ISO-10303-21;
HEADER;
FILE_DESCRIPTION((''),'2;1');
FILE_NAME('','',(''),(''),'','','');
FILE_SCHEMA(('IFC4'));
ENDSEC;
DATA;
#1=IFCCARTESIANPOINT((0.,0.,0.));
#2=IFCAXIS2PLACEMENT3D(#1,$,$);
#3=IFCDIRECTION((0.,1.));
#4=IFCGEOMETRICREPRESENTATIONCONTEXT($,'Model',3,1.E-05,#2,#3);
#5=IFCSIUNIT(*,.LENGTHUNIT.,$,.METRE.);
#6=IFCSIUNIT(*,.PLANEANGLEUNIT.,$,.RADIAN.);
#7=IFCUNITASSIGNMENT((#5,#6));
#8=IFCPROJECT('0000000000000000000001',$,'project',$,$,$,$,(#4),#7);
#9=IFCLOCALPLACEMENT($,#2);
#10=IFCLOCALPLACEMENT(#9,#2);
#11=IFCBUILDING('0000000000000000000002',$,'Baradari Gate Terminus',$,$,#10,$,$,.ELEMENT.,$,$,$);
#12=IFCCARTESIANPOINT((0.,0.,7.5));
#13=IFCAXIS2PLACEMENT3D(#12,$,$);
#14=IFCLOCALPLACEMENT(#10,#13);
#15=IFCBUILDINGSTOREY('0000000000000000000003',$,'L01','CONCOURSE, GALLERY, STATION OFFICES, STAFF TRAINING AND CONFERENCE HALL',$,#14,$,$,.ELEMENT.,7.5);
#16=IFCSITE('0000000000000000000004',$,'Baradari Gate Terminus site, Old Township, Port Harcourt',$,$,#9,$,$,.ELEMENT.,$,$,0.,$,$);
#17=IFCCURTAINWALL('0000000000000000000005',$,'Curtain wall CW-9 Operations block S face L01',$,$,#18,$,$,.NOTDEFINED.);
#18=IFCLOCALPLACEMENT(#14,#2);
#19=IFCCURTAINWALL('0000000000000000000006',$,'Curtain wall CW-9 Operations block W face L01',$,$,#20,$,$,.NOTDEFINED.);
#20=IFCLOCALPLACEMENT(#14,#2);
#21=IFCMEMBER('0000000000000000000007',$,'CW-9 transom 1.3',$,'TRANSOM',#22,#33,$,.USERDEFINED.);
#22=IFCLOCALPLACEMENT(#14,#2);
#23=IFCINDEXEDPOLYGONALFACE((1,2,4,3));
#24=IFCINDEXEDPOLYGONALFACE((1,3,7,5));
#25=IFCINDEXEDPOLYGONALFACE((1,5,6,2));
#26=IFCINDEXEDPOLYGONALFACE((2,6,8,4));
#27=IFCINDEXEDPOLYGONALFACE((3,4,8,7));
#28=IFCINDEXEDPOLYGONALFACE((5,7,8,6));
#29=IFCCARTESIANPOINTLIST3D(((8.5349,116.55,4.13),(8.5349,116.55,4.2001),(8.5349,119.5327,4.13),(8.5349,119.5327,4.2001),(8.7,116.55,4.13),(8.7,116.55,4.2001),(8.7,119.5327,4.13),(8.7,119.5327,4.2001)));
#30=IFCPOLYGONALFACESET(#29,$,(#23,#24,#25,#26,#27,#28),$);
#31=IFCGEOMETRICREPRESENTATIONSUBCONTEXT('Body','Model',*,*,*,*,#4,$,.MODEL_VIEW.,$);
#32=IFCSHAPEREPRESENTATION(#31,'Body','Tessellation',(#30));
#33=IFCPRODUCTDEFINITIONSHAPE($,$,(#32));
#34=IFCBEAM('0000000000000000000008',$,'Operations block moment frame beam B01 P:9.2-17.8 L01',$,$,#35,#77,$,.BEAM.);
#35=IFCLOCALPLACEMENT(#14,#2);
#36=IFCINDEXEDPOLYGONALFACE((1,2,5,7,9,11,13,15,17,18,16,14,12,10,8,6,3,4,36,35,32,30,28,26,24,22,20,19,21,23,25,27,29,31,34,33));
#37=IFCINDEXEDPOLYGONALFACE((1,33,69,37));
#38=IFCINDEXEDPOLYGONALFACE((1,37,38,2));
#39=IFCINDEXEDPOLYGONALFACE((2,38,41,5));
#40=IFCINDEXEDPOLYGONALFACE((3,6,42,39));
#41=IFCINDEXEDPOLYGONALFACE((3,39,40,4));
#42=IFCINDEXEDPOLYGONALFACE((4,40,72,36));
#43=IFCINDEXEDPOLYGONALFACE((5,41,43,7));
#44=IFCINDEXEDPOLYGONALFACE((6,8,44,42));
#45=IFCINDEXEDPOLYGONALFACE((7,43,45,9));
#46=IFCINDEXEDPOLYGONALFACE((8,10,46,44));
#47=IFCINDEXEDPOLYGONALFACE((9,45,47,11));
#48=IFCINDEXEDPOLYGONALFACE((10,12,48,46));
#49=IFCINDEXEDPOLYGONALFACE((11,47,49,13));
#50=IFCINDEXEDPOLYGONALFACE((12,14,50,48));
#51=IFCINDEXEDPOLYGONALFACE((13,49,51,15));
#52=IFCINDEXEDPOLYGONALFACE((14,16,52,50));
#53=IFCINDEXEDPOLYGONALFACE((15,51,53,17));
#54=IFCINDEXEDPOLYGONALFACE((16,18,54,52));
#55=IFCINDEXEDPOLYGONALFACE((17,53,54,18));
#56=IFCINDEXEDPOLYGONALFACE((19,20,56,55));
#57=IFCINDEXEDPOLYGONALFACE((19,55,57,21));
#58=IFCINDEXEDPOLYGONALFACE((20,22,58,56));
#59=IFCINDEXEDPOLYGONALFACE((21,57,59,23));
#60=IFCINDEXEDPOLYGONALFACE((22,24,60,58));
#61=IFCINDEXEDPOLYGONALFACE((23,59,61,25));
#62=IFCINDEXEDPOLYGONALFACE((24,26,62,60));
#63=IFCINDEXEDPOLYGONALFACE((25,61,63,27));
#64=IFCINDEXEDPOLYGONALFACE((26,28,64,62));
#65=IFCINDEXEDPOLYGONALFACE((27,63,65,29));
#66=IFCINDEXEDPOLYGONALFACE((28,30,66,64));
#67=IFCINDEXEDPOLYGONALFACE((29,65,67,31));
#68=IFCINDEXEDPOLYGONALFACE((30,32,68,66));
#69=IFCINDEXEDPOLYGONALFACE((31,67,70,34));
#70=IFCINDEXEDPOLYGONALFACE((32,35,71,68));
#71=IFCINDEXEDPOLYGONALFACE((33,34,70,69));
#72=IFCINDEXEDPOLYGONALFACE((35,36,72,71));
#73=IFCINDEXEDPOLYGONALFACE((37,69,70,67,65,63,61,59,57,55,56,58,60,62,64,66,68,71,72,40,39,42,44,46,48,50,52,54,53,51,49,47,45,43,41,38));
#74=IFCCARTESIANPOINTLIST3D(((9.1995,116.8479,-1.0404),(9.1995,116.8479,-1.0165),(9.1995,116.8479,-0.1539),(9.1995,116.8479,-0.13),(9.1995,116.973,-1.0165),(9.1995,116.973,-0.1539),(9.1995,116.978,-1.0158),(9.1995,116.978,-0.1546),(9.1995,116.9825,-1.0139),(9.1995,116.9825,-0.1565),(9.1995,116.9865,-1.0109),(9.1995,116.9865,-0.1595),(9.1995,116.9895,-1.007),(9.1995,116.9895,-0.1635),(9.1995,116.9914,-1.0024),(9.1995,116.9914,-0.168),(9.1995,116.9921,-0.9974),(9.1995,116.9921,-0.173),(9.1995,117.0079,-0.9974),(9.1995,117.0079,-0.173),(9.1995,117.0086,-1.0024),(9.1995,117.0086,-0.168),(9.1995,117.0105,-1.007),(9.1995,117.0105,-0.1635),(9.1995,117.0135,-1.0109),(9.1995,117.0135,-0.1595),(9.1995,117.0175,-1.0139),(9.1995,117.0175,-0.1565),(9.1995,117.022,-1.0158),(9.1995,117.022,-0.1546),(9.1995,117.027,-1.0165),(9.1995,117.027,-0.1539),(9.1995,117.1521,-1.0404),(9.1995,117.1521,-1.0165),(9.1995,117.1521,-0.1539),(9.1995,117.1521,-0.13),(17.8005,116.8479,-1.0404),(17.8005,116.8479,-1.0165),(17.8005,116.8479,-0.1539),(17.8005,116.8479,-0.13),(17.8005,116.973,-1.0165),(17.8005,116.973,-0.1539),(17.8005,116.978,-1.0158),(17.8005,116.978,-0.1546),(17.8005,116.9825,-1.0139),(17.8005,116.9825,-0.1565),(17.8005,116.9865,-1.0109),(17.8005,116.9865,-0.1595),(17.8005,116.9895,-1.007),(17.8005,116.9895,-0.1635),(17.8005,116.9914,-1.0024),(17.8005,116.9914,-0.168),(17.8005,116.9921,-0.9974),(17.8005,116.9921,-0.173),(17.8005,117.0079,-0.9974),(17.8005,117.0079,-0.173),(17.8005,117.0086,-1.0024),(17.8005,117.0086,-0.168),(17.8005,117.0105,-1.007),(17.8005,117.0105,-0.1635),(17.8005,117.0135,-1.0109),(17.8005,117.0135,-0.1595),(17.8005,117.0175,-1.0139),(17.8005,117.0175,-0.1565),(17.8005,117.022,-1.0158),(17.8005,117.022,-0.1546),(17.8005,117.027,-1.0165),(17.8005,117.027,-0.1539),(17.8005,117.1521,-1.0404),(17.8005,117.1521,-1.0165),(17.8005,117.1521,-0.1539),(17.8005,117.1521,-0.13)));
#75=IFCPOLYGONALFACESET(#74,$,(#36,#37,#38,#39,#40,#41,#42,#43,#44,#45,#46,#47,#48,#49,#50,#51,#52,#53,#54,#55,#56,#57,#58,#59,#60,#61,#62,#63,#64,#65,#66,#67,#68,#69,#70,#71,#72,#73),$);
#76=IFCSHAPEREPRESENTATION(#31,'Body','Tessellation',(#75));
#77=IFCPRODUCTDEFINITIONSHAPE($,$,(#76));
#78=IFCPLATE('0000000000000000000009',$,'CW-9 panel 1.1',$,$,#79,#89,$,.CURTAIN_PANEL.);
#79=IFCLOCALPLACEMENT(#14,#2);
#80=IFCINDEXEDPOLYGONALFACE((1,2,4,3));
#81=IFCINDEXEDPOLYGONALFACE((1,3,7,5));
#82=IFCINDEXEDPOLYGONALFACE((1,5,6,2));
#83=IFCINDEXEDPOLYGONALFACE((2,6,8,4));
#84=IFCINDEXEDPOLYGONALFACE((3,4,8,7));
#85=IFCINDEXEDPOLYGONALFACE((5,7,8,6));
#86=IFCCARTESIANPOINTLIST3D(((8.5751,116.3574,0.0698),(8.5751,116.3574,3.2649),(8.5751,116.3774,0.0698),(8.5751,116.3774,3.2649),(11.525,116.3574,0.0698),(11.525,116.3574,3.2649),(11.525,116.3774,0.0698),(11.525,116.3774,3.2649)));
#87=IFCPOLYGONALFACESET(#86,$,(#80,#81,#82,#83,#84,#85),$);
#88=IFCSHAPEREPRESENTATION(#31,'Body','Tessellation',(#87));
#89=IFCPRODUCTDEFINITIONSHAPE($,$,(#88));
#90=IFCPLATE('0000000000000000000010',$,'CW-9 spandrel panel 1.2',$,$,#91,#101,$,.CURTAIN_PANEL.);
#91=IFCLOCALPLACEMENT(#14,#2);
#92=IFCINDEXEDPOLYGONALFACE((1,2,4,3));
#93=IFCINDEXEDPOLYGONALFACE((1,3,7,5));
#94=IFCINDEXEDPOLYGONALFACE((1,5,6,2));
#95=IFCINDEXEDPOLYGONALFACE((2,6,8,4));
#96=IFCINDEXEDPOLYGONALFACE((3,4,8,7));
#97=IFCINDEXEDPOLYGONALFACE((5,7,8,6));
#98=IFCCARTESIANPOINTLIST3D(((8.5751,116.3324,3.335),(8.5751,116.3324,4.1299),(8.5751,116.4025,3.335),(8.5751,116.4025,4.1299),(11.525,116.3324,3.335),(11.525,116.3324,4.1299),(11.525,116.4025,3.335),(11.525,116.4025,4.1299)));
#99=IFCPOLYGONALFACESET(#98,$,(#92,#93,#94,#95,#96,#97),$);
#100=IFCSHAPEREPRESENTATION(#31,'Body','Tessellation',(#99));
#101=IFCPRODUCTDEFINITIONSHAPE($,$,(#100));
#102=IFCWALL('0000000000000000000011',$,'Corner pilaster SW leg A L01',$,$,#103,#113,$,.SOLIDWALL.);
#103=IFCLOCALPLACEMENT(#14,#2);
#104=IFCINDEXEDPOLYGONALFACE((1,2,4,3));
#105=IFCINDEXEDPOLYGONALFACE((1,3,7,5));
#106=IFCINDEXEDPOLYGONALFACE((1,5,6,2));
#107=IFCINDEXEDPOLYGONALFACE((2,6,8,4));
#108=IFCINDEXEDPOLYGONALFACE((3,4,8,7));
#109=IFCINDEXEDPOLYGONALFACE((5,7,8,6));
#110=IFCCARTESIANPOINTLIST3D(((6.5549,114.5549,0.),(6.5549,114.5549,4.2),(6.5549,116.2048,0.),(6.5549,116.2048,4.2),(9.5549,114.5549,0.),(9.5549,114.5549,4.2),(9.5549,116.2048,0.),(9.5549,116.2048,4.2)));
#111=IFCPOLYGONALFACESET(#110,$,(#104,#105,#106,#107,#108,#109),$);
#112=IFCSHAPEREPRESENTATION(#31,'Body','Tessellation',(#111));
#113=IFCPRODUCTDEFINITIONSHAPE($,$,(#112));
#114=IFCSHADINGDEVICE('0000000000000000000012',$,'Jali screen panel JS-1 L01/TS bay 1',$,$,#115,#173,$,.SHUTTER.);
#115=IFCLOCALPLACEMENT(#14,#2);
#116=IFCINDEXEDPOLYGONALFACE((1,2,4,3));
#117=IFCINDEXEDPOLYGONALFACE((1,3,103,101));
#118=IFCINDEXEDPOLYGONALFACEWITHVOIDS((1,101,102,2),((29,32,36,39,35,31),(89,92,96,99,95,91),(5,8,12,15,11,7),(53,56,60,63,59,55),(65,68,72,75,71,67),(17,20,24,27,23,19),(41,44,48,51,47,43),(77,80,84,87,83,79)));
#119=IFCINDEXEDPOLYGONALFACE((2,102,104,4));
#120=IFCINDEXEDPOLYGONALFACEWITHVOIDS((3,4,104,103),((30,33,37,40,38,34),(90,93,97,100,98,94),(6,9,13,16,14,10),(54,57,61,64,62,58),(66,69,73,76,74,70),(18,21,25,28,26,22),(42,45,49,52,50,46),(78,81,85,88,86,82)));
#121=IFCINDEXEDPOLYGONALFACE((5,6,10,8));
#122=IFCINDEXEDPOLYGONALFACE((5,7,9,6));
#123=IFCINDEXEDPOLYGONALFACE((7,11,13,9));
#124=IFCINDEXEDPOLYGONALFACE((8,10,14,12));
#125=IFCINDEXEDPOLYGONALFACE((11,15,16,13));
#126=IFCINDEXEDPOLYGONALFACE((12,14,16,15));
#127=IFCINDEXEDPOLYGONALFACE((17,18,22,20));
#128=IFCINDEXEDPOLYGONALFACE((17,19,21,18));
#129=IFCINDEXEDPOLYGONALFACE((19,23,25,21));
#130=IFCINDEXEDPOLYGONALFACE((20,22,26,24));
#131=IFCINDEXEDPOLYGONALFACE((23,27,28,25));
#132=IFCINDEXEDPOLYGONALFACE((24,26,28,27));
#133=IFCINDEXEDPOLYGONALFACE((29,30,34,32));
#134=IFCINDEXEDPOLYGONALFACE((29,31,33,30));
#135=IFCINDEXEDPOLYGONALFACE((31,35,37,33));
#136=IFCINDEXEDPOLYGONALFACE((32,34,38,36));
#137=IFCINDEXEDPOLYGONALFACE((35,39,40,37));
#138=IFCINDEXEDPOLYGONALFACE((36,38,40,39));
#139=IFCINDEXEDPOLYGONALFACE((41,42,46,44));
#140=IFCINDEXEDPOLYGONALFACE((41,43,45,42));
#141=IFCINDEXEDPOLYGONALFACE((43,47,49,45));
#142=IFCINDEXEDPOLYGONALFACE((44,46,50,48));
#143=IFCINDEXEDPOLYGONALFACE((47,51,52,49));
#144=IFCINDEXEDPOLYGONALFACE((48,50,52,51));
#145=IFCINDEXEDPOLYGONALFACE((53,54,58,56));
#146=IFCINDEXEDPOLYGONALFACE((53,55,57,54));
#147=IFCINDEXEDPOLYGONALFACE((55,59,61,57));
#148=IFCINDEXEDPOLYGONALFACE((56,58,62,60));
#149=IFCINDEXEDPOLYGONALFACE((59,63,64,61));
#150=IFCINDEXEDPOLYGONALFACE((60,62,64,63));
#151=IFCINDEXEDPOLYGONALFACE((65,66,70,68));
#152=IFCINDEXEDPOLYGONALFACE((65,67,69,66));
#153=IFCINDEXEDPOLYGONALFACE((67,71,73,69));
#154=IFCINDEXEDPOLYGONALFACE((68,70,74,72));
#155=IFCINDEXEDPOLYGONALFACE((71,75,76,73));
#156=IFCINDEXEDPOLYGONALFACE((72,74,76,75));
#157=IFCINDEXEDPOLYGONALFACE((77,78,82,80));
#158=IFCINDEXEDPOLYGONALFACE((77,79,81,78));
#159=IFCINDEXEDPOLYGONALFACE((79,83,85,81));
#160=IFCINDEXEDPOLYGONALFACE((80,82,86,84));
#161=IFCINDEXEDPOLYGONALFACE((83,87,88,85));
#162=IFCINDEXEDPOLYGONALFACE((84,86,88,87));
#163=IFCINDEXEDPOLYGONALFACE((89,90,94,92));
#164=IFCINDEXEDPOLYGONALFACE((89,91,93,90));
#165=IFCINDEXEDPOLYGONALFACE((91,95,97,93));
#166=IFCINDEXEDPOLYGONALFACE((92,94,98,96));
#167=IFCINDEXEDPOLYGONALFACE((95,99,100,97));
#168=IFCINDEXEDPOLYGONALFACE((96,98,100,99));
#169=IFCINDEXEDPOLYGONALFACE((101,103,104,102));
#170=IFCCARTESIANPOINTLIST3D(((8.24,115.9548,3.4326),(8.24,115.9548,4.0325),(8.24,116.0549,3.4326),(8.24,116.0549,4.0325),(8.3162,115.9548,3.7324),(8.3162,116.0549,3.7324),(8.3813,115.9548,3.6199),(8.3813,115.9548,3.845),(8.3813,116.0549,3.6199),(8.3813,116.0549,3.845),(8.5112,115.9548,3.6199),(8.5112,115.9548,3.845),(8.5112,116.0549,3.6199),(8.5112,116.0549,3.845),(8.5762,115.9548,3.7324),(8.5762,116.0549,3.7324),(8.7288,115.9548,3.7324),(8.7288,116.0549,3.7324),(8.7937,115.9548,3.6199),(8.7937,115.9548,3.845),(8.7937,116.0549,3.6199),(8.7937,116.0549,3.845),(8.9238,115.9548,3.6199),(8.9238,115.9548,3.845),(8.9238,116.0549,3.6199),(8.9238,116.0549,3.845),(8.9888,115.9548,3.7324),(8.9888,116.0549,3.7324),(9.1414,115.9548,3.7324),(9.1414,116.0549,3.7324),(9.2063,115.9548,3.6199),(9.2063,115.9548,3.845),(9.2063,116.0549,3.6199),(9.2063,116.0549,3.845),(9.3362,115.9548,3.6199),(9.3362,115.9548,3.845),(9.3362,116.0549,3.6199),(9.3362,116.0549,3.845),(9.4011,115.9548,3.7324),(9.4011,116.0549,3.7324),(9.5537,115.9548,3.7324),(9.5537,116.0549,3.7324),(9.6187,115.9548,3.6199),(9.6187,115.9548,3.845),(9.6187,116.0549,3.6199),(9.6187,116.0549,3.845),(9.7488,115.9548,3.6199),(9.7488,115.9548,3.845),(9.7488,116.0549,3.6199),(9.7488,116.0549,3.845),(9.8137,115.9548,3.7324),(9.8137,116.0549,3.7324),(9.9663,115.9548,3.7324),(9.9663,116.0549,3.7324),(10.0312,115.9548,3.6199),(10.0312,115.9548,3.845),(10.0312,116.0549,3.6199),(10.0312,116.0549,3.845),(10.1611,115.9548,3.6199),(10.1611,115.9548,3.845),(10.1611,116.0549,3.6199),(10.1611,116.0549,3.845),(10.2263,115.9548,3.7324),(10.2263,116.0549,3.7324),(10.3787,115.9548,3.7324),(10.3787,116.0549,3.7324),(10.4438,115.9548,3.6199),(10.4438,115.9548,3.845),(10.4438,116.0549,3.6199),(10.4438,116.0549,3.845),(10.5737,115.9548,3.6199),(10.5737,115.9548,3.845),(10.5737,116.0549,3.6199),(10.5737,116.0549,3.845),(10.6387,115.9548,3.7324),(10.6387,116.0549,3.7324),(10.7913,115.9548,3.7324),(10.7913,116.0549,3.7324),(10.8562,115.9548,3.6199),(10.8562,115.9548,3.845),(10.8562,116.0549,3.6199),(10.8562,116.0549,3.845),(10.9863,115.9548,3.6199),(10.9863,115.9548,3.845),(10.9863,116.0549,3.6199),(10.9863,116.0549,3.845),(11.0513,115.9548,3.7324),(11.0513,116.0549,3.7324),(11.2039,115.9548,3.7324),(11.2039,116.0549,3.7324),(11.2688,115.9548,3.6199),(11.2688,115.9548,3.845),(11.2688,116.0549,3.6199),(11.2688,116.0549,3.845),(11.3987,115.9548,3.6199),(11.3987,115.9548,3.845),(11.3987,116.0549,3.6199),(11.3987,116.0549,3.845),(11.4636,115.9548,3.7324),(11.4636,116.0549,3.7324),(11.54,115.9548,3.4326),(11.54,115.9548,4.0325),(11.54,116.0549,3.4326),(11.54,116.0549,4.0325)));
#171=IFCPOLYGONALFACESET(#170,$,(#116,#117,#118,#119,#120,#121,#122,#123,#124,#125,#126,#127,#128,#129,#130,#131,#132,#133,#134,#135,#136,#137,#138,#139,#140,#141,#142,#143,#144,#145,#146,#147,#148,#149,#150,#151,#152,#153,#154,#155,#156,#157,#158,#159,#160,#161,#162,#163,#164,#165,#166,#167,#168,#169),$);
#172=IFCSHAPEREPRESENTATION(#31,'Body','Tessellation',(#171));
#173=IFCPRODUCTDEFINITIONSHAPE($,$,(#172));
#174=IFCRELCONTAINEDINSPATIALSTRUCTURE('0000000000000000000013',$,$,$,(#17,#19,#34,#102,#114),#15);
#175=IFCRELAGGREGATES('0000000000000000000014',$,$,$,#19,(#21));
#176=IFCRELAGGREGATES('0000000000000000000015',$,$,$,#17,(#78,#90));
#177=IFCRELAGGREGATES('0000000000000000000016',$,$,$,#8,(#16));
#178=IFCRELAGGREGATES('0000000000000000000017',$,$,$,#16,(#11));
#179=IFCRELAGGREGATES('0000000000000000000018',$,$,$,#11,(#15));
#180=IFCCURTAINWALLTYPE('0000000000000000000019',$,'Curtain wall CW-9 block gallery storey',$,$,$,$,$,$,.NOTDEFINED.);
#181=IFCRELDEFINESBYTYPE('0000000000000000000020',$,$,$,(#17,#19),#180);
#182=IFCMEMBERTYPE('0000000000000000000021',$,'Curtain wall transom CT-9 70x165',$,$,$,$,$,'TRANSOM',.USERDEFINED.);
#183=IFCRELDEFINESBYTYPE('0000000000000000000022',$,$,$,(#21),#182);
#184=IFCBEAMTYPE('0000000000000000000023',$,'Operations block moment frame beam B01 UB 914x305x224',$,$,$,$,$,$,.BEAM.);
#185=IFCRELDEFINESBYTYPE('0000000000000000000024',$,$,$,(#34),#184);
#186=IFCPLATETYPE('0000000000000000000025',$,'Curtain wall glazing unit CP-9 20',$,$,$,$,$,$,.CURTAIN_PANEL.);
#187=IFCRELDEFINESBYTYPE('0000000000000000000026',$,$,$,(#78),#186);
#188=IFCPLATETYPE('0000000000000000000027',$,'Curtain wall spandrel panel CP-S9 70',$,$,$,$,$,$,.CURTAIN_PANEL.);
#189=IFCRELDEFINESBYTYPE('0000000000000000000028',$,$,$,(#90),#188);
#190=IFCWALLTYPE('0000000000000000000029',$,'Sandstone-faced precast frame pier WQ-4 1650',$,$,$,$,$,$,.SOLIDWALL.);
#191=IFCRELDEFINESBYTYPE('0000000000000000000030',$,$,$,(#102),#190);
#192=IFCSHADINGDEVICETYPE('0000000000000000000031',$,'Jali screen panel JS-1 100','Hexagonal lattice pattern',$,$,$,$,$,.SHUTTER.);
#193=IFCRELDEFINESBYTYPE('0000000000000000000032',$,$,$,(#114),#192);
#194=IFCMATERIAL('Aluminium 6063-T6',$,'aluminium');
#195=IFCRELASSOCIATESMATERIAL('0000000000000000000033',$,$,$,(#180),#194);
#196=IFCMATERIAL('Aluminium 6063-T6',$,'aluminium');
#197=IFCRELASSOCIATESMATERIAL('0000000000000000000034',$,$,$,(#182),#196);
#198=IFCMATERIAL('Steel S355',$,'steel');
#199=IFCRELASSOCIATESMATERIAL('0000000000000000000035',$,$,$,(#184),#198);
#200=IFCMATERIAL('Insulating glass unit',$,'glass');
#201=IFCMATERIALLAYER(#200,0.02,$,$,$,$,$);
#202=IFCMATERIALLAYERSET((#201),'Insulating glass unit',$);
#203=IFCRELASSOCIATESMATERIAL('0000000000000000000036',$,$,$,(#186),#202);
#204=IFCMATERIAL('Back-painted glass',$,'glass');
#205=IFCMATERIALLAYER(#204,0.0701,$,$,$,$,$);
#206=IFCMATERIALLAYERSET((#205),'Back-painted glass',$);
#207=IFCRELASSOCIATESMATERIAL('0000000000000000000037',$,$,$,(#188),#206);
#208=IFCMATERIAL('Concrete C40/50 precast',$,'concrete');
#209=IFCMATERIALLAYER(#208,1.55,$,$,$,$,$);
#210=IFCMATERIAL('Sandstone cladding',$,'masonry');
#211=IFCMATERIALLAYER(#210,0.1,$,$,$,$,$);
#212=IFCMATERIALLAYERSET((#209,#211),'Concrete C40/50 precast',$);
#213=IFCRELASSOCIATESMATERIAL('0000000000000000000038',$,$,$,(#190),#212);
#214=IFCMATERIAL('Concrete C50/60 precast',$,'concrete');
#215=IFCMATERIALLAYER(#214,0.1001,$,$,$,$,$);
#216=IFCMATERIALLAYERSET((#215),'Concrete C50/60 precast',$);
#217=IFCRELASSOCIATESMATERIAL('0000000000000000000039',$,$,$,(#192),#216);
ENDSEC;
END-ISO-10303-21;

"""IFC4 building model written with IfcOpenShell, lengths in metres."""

from ifc_helpers import new_model, si_unit, direction, frame, frame_2d, origin, origin_2d, place, context, subcontext, project, spatial, polyline, rectangle, i_section, outline, extrude, material, layer, layer_set, material_profile, profile_set, type_object, element, aggregate, save


model = new_model("IFC4")

# Units and contexts
model_context = context("Model", 3, precision=1e-05, world=origin(), true_north=direction((0.0, 1.0)))
body_context = subcontext(model_context, "Body", "Model", "MODEL_VIEW")
ifc_project = project(units=[si_unit("LENGTHUNIT", "METRE"), si_unit("PLANEANGLEUNIT", "RADIAN")], contexts=[model_context])

# Site, building, storey
site_placement = place(None, origin())
site = spatial("IfcSite", under=ifc_project, at=site_placement, Name="Baradari Gate Terminus site, Old Township, Port Harcourt", CompositionType="ELEMENT", RefElevation=0.0)
building_placement = place(site_placement, origin())
building = spatial("IfcBuilding", under=site, at=building_placement, Name="Baradari Gate Terminus", CompositionType="ELEMENT")
storey_placement = place(building_placement, frame((0.0, 0.0, 7.5)))
storey = spatial("IfcBuildingStorey", under=building, at=storey_placement, Name="L01", Description="CONCOURSE, GALLERY, STATION OFFICES, STAFF TRAINING AND CONFERENCE HALL", CompositionType="ELEMENT", Elevation=7.5)

# Curtain wall
ifc_material_1 = material(Name="Aluminium 6063-T6", Category="aluminium")
curtain_wall_type = type_object("IfcCurtainWallType", Name="Curtain wall CW-9 block gallery storey", PredefinedType="NOTDEFINED", material=ifc_material_1)
curtain_wall_1_placement = place(storey_placement, origin())
curtain_wall_1 = element("IfcCurtainWall", 1, at=curtain_wall_1_placement, inside=storey, type_object=curtain_wall_type, Name="Curtain wall CW-9 Operations block S face L01", PredefinedType="NOTDEFINED")

# Curtain wall
curtain_wall_2_placement = place(storey_placement, origin())
curtain_wall_2 = element("IfcCurtainWall", 2, at=curtain_wall_2_placement, inside=storey, type_object=curtain_wall_type, Name="Curtain wall CW-9 Operations block W face L01", PredefinedType="NOTDEFINED")

# Member
ifc_material_2 = material(Name="Aluminium 6063-T6", Category="aluminium")
ifc_material_profile_1 = material_profile(ifc_material_2, rectangle(XDim=0.165, YDim=0.0701, at=origin_2d()), Name="CT-9 70X165")
ifc_profile_set_1 = profile_set([ifc_material_profile_1], Name="Aluminium 6063-T6")
member_type_1 = type_object("IfcMemberType", Name="Curtain wall transom CT-9 70x165", ElementType="TRANSOM", PredefinedType="USERDEFINED", material=ifc_profile_set_1)
member_1_placement = place(storey_placement, frame((8.6174, 116.55, 4.165), z_axis=(0.0, 1.0, 0.0), x_axis=(-1.0, 0.0, 0.0)))
member_1 = element("IfcMember", 3, at=member_1_placement, type_object=member_type_1, Name="CW-9 transom 1.3", ObjectType="TRANSOM", PredefinedType="USERDEFINED", context=body_context, shape_type="SweptSolid", body=[
    extrude(rectangle(XDim=0.165, YDim=0.0701, at=origin_2d()), origin(), (0.0, 0.0, 1.0), 2.9827),
])
aggregate(curtain_wall_2, [member_1])

# Beam
ifc_material_3 = material(Name="Steel S355", Category="steel")
ifc_material_profile_2 = material_profile(ifc_material_3, i_section(OverallWidth=0.3042, OverallDepth=0.9104, WebThickness=0.0159, FlangeThickness=0.0239, FilletRadius=0.019, at=origin_2d()), Name="UB 914x305x224")
ifc_profile_set_2 = profile_set([ifc_material_profile_2], Name="Steel S355")
beam_type = type_object("IfcBeamType", Name="Operations block moment frame beam B01 UB 914x305x224", PredefinedType="BEAM", material=ifc_profile_set_2)
beam_placement = place(storey_placement, frame((9.1995, 117.0, -0.5852), z_axis=(1.0, 0.0, 0.0), x_axis=(0.0, 1.0, 0.0)))
element("IfcBeam", 4, at=beam_placement, inside=storey, type_object=beam_type, Name="Operations block moment frame beam B01 P:9.2-17.8 L01", PredefinedType="BEAM", context=body_context, shape_type="SweptSolid", body=[
    extrude(i_section(OverallWidth=0.3042, OverallDepth=0.9104, WebThickness=0.0159, FlangeThickness=0.0239, FilletRadius=0.019, at=origin_2d()), origin(), (0.0, 0.0, 1.0), 8.6011),
])

# Plates
ifc_material_4 = material(Name="Insulating glass unit", Category="glass")
ifc_layer_1 = layer(ifc_material_4, 0.02)
ifc_layer_set_1 = layer_set([ifc_layer_1], Name="Insulating glass unit")
plate_type_1 = type_object("IfcPlateType", Name="Curtain wall glazing unit CP-9 20", PredefinedType="CURTAIN_PANEL", material=ifc_layer_set_1)
plate_1_placement = place(storey_placement, frame((10.05, 116.3674, 0.0698), z_axis=(0.0, 0.0, 1.0), x_axis=(1.0, 0.0, 0.0)))
plate_1 = element("IfcPlate", 5, at=plate_1_placement, type_object=plate_type_1, Name="CW-9 panel 1.1", PredefinedType="CURTAIN_PANEL", context=body_context, shape_type="SweptSolid", body=[
    extrude(rectangle(XDim=2.95, YDim=0.02, at=origin_2d()), origin(), (0.0, 0.0, 1.0), 3.1951),
])
ifc_material_5 = material(Name="Back-painted glass", Category="glass")
ifc_layer_2 = layer(ifc_material_5, 0.0701)
ifc_layer_set_2 = layer_set([ifc_layer_2], Name="Back-painted glass")
plate_type_2 = type_object("IfcPlateType", Name="Curtain wall spandrel panel CP-S9 70", PredefinedType="CURTAIN_PANEL", material=ifc_layer_set_2)
plate_2_placement = place(storey_placement, frame((10.05, 116.3674, 3.335), z_axis=(0.0, 0.0, 1.0), x_axis=(1.0, 0.0, 0.0)))
plate_2 = element("IfcPlate", 6, at=plate_2_placement, type_object=plate_type_2, Name="CW-9 spandrel panel 1.2", PredefinedType="CURTAIN_PANEL", context=body_context, shape_type="SweptSolid", body=[
    extrude(rectangle(XDim=2.95, YDim=0.0701, at=origin_2d()), origin(), (0.0, 0.0, 1.0), 0.7949),
])
aggregate(curtain_wall_1, [plate_1, plate_2])

# Wall
ifc_material_6 = material(Name="Concrete C40/50 precast", Category="concrete")
ifc_layer_3 = layer(ifc_material_6, 1.55)
ifc_material_7 = material(Name="Sandstone cladding", Category="masonry")
ifc_layer_4 = layer(ifc_material_7, 0.1)
ifc_layer_set_3 = layer_set([ifc_layer_3, ifc_layer_4], Name="Concrete C40/50 precast")
wall_type = type_object("IfcWallType", Name="Sandstone-faced precast frame pier WQ-4 1650", PredefinedType="SOLIDWALL", material=ifc_layer_set_3)
wall_placement = place(storey_placement, frame((6.5549, 115.3799, 0.0), z_axis=(0.0, 0.0, 1.0), x_axis=(1.0, 0.0, 0.0)))
element("IfcWall", 7, at=wall_placement, inside=storey, type_object=wall_type, Name="Corner pilaster SW leg A L01", PredefinedType="SOLIDWALL", context=body_context, shape_type="SweptSolid", body=[
    extrude(rectangle(XDim=3.0, YDim=1.6499, at=frame_2d((1.5, 0.0))), origin(), (0.0, 0.0, 1.0), 4.2),
])

# Shading device
ifc_material_8 = material(Name="Concrete C50/60 precast", Category="concrete")
ifc_layer_5 = layer(ifc_material_8, 0.1001)
ifc_layer_set_4 = layer_set([ifc_layer_5], Name="Concrete C50/60 precast")
shading_device_type = type_object("IfcShadingDeviceType", Name="Jali screen panel JS-1 100", Description="Hexagonal lattice pattern", PredefinedType="SHUTTER", material=ifc_layer_set_4)
shading_device_1_placement = place(storey_placement, frame((8.24, 116.0049, 3.4326), z_axis=(0.0, 0.0, 1.0), x_axis=(1.0, 0.0, 0.0)))
element("IfcShadingDevice", 8, at=shading_device_1_placement, inside=storey, type_object=shading_device_type, Name="Jali screen panel JS-1 L01/TS bay 1", PredefinedType="SHUTTER", context=body_context, shape_type="SweptSolid", body=[
    extrude(outline(polyline([(0.0, 0.0), (3.3, 0.0), (3.3, 0.5999), (0.0, 0.5999), (0.0, 0.0)]), holes=[polyline([(0.3362, 0.2998), (0.2712, 0.1873), (0.1414, 0.1873), (0.0762, 0.2998), (0.1414, 0.4124), (0.2712, 0.4124), (0.3362, 0.2998)]), polyline([(0.7488, 0.2998), (0.6838, 0.1873), (0.5537, 0.1873), (0.4888, 0.2998), (0.5537, 0.4124), (0.6838, 0.4124), (0.7488, 0.2998)]), polyline([(1.1611, 0.2998), (1.0962, 0.1873), (0.9663, 0.1873), (0.9014, 0.2998), (0.9663, 0.4124), (1.0962, 0.4124), (1.1611, 0.2998)]), polyline([(1.5737, 0.2998), (1.5088, 0.1873), (1.3787, 0.1873), (1.3137, 0.2998), (1.3787, 0.4124), (1.5088, 0.4124), (1.5737, 0.2998)]), polyline([(1.9863, 0.2998), (1.9211, 0.1873), (1.7913, 0.1873), (1.7263, 0.2998), (1.7913, 0.4124), (1.9211, 0.4124), (1.9863, 0.2998)]), polyline([(2.3987, 0.2998), (2.3337, 0.1873), (2.2039, 0.1873), (2.1387, 0.2998), (2.2039, 0.4124), (2.3337, 0.4124), (2.3987, 0.2998)]), polyline([(2.8113, 0.2998), (2.7463, 0.1873), (2.6162, 0.1873), (2.5513, 0.2998), (2.6162, 0.4124), (2.7463, 0.4124), (2.8113, 0.2998)]), polyline([(3.2236, 0.2998), (3.1587, 0.1873), (3.0288, 0.1873), (2.9639, 0.2998), (3.0288, 0.4124), (3.1587, 0.4124), (3.2236, 0.2998)])]), frame((0.0, 0.05, 0.0), z_axis=(0.0, -1.0, 0.0), x_axis=(1.0, 0.0, 0.0)), (0.0, 0.0, 1.0), 0.1001),
])

save(model, "model.ifc")
